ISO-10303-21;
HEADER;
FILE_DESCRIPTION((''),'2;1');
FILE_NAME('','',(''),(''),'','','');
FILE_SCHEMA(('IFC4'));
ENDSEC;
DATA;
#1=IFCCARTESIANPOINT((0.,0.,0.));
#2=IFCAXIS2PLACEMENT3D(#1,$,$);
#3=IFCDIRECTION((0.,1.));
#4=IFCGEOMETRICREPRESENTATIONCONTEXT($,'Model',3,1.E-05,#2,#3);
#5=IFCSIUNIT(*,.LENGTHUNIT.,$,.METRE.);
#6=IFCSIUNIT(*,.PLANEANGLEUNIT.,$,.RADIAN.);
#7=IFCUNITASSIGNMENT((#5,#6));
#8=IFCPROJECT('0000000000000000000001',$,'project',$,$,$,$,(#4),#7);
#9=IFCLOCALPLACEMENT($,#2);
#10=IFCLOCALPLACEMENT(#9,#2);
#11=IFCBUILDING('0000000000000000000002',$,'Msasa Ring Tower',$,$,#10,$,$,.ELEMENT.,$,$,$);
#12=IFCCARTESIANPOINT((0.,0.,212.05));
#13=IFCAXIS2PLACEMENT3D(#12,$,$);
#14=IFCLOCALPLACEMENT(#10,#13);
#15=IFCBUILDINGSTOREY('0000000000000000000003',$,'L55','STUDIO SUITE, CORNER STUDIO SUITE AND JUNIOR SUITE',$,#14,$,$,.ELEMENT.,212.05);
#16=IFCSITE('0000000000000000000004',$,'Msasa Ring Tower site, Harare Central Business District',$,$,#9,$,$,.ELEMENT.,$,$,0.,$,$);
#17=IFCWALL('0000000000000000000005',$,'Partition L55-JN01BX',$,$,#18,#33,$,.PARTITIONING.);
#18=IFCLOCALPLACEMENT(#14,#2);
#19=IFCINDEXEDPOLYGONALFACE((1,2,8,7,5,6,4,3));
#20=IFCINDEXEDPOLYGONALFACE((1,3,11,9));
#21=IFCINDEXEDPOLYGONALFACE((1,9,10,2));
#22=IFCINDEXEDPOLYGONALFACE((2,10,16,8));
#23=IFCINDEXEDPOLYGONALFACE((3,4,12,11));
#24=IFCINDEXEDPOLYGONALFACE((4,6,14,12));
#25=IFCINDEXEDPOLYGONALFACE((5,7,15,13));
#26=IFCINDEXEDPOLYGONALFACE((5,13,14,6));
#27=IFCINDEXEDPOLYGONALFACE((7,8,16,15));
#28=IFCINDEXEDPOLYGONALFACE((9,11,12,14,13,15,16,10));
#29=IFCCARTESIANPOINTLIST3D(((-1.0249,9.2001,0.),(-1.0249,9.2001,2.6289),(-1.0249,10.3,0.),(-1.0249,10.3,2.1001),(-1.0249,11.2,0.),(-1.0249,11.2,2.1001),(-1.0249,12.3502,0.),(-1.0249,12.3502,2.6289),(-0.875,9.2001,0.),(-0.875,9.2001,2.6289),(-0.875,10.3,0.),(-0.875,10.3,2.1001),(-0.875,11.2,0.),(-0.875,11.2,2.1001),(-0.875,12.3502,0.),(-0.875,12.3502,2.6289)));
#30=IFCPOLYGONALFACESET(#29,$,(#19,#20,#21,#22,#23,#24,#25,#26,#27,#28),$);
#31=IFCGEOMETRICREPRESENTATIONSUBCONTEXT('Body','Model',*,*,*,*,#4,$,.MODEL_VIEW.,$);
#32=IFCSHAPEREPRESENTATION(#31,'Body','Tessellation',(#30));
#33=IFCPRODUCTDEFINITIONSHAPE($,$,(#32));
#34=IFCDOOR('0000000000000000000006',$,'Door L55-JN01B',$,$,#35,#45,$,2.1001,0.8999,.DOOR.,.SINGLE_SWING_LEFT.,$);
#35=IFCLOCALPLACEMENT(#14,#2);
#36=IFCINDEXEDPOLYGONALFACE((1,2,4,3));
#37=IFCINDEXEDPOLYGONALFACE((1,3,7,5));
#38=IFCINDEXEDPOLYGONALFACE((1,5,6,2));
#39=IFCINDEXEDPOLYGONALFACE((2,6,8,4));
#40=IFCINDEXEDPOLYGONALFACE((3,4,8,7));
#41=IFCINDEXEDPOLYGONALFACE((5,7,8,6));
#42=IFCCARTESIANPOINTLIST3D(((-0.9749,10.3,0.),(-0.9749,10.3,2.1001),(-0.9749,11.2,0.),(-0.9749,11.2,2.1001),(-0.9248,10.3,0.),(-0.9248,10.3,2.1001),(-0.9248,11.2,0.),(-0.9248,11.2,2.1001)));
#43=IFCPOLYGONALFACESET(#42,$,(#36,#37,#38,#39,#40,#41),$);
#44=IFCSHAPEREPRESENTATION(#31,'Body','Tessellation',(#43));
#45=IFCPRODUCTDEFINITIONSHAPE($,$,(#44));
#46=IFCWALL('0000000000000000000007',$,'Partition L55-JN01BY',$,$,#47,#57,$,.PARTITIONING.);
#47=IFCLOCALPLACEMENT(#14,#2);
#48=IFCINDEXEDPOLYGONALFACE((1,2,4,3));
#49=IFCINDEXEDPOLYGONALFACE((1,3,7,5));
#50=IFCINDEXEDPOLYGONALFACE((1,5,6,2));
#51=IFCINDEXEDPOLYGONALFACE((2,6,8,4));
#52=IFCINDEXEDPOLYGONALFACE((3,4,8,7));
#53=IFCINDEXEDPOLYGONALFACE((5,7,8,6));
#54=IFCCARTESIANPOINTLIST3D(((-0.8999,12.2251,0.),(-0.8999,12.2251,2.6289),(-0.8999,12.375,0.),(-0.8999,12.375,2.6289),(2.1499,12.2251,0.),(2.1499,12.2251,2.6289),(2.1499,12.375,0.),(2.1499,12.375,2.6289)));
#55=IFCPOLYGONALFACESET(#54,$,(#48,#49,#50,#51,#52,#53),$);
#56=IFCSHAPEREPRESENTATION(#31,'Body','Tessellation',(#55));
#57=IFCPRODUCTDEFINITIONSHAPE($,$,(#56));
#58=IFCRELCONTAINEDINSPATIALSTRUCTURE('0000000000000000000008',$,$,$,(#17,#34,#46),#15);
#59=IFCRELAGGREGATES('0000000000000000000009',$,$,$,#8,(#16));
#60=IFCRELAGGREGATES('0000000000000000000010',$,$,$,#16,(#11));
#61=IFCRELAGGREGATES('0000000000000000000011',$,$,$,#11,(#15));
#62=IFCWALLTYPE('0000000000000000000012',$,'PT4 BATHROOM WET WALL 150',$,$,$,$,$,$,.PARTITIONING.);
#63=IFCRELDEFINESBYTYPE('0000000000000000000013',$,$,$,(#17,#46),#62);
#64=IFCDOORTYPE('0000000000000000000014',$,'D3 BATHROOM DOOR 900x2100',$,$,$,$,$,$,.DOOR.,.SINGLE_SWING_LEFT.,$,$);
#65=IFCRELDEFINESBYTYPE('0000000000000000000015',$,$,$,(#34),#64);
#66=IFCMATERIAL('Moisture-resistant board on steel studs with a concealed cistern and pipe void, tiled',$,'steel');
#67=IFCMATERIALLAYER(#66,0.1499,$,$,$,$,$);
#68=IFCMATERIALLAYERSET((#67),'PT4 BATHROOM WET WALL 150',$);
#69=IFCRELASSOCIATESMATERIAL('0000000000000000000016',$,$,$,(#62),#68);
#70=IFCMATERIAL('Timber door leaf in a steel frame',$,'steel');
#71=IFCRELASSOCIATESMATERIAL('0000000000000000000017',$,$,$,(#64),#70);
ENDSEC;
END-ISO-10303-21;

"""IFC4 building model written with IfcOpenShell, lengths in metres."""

from ifc_helpers import new_model, si_unit, direction, frame, frame_2d, origin, place, context, subcontext, project, spatial, rectangle, extrude, material, layer, layer_set, type_object, element, fill, save


model = new_model("IFC4")

# Units and contexts
model_context = context("Model", 3, precision=1e-05, world=origin(), true_north=direction((0.0, 1.0)))
body_context = subcontext(model_context, "Body", "Model", "MODEL_VIEW")
ifc_project = project(units=[si_unit("LENGTHUNIT", "METRE"), si_unit("PLANEANGLEUNIT", "RADIAN")], contexts=[model_context])

# Site, building, storey
site_placement = place(None, origin())
site = spatial("IfcSite", under=ifc_project, at=site_placement, Name="Msasa Ring Tower site, Harare Central Business District", CompositionType="ELEMENT", RefElevation=0.0)
building_placement = place(site_placement, origin())
building = spatial("IfcBuilding", under=site, at=building_placement, Name="Msasa Ring Tower", CompositionType="ELEMENT")
storey_placement = place(building_placement, frame((0.0, 0.0, 212.05)))
storey = spatial("IfcBuildingStorey", under=building, at=storey_placement, Name="L55", Description="STUDIO SUITE, CORNER STUDIO SUITE AND JUNIOR SUITE", CompositionType="ELEMENT", Elevation=212.05)

# Shared definitions
ifc_material_1 = material(Name="Moisture-resistant board on steel studs with a concealed cistern and pipe void, tiled", Category="steel")
ifc_layer_1 = layer(ifc_material_1, 0.1499)
ifc_layer_set_1 = layer_set([ifc_layer_1], Name="PT4 BATHROOM WET WALL 150")
wall_type_1 = type_object("IfcWallType", Name="PT4 BATHROOM WET WALL 150", PredefinedType="PARTITIONING", material=ifc_layer_set_1)
ifc_material_2 = material(Name="Timber door leaf in a steel frame", Category="steel")
door_type = type_object("IfcDoorType", Name="D3 BATHROOM DOOR 900x2100", OperationType="SINGLE_SWING_LEFT", PredefinedType="DOOR", material=ifc_material_2)

# Wall, opening, door
wall_1_placement = place(storey_placement, frame((-0.95, 9.2, 0.0), z_axis=(0.0, 0.0, 1.0), x_axis=(0.0, 1.0, 0.0)))
wall_1 = element("IfcWall", 1, at=wall_1_placement, inside=storey, type_object=wall_type_1, Name="Partition L55-JN01BX", PredefinedType="PARTITIONING", context=body_context, shape_type="SweptSolid", body=[
    extrude(rectangle(XDim=3.1501, YDim=0.1499, at=frame_2d((1.5752, 0.0))), origin(), (0.0, 0.0, 1.0), 2.6289),
])
opening_1_placement = place(wall_1_placement, frame((1.1001, 0.0, 0.0)))
opening_1 = element("IfcOpeningElement", 2, at=opening_1_placement, cuts=wall_1, PredefinedType="OPENING", context=body_context, shape_type="SweptSolid", body=[
    extrude(rectangle(XDim=0.8999, YDim=2.1001, at=frame_2d((0.45, 1.05))), frame((0.0, 0.085, 0.0), z_axis=(0.0, -1.0, 0.0), x_axis=(1.0, 0.0, 0.0)), (0.0, 0.0, 1.0), 0.1699),
])
door_1_placement = place(opening_1_placement, origin())
door_1 = element("IfcDoor", 3, at=door_1_placement, inside=storey, type_object=door_type, Name="Door L55-JN01B", OperationType="SINGLE_SWING_LEFT", OverallHeight=2.1001, OverallWidth=0.8999, PredefinedType="DOOR", context=body_context, shape_type="SweptSolid", body=[
    extrude(rectangle(XDim=0.8999, YDim=2.1001, at=frame_2d((0.45, 1.05))), frame((0.0, 0.0249, 0.0), z_axis=(0.0, -1.0, 0.0), x_axis=(1.0, 0.0, 0.0)), (0.0, 0.0, 1.0), 0.05),
])
fill(opening_1, door_1)

# Wall
wall_2_placement = place(storey_placement, frame((-0.8999, 12.3, 0.0), z_axis=(0.0, 0.0, 1.0), x_axis=(1.0, 0.0, 0.0)))
element("IfcWall", 4, at=wall_2_placement, inside=storey, type_object=wall_type_1, Name="Partition L55-JN01BY", PredefinedType="PARTITIONING", context=body_context, shape_type="SweptSolid", body=[
    extrude(rectangle(XDim=3.0498, YDim=0.1499, at=frame_2d((1.5249, 0.0))), origin(), (0.0, 0.0, 1.0), 2.6289),
])

save(model, "model.ifc")
